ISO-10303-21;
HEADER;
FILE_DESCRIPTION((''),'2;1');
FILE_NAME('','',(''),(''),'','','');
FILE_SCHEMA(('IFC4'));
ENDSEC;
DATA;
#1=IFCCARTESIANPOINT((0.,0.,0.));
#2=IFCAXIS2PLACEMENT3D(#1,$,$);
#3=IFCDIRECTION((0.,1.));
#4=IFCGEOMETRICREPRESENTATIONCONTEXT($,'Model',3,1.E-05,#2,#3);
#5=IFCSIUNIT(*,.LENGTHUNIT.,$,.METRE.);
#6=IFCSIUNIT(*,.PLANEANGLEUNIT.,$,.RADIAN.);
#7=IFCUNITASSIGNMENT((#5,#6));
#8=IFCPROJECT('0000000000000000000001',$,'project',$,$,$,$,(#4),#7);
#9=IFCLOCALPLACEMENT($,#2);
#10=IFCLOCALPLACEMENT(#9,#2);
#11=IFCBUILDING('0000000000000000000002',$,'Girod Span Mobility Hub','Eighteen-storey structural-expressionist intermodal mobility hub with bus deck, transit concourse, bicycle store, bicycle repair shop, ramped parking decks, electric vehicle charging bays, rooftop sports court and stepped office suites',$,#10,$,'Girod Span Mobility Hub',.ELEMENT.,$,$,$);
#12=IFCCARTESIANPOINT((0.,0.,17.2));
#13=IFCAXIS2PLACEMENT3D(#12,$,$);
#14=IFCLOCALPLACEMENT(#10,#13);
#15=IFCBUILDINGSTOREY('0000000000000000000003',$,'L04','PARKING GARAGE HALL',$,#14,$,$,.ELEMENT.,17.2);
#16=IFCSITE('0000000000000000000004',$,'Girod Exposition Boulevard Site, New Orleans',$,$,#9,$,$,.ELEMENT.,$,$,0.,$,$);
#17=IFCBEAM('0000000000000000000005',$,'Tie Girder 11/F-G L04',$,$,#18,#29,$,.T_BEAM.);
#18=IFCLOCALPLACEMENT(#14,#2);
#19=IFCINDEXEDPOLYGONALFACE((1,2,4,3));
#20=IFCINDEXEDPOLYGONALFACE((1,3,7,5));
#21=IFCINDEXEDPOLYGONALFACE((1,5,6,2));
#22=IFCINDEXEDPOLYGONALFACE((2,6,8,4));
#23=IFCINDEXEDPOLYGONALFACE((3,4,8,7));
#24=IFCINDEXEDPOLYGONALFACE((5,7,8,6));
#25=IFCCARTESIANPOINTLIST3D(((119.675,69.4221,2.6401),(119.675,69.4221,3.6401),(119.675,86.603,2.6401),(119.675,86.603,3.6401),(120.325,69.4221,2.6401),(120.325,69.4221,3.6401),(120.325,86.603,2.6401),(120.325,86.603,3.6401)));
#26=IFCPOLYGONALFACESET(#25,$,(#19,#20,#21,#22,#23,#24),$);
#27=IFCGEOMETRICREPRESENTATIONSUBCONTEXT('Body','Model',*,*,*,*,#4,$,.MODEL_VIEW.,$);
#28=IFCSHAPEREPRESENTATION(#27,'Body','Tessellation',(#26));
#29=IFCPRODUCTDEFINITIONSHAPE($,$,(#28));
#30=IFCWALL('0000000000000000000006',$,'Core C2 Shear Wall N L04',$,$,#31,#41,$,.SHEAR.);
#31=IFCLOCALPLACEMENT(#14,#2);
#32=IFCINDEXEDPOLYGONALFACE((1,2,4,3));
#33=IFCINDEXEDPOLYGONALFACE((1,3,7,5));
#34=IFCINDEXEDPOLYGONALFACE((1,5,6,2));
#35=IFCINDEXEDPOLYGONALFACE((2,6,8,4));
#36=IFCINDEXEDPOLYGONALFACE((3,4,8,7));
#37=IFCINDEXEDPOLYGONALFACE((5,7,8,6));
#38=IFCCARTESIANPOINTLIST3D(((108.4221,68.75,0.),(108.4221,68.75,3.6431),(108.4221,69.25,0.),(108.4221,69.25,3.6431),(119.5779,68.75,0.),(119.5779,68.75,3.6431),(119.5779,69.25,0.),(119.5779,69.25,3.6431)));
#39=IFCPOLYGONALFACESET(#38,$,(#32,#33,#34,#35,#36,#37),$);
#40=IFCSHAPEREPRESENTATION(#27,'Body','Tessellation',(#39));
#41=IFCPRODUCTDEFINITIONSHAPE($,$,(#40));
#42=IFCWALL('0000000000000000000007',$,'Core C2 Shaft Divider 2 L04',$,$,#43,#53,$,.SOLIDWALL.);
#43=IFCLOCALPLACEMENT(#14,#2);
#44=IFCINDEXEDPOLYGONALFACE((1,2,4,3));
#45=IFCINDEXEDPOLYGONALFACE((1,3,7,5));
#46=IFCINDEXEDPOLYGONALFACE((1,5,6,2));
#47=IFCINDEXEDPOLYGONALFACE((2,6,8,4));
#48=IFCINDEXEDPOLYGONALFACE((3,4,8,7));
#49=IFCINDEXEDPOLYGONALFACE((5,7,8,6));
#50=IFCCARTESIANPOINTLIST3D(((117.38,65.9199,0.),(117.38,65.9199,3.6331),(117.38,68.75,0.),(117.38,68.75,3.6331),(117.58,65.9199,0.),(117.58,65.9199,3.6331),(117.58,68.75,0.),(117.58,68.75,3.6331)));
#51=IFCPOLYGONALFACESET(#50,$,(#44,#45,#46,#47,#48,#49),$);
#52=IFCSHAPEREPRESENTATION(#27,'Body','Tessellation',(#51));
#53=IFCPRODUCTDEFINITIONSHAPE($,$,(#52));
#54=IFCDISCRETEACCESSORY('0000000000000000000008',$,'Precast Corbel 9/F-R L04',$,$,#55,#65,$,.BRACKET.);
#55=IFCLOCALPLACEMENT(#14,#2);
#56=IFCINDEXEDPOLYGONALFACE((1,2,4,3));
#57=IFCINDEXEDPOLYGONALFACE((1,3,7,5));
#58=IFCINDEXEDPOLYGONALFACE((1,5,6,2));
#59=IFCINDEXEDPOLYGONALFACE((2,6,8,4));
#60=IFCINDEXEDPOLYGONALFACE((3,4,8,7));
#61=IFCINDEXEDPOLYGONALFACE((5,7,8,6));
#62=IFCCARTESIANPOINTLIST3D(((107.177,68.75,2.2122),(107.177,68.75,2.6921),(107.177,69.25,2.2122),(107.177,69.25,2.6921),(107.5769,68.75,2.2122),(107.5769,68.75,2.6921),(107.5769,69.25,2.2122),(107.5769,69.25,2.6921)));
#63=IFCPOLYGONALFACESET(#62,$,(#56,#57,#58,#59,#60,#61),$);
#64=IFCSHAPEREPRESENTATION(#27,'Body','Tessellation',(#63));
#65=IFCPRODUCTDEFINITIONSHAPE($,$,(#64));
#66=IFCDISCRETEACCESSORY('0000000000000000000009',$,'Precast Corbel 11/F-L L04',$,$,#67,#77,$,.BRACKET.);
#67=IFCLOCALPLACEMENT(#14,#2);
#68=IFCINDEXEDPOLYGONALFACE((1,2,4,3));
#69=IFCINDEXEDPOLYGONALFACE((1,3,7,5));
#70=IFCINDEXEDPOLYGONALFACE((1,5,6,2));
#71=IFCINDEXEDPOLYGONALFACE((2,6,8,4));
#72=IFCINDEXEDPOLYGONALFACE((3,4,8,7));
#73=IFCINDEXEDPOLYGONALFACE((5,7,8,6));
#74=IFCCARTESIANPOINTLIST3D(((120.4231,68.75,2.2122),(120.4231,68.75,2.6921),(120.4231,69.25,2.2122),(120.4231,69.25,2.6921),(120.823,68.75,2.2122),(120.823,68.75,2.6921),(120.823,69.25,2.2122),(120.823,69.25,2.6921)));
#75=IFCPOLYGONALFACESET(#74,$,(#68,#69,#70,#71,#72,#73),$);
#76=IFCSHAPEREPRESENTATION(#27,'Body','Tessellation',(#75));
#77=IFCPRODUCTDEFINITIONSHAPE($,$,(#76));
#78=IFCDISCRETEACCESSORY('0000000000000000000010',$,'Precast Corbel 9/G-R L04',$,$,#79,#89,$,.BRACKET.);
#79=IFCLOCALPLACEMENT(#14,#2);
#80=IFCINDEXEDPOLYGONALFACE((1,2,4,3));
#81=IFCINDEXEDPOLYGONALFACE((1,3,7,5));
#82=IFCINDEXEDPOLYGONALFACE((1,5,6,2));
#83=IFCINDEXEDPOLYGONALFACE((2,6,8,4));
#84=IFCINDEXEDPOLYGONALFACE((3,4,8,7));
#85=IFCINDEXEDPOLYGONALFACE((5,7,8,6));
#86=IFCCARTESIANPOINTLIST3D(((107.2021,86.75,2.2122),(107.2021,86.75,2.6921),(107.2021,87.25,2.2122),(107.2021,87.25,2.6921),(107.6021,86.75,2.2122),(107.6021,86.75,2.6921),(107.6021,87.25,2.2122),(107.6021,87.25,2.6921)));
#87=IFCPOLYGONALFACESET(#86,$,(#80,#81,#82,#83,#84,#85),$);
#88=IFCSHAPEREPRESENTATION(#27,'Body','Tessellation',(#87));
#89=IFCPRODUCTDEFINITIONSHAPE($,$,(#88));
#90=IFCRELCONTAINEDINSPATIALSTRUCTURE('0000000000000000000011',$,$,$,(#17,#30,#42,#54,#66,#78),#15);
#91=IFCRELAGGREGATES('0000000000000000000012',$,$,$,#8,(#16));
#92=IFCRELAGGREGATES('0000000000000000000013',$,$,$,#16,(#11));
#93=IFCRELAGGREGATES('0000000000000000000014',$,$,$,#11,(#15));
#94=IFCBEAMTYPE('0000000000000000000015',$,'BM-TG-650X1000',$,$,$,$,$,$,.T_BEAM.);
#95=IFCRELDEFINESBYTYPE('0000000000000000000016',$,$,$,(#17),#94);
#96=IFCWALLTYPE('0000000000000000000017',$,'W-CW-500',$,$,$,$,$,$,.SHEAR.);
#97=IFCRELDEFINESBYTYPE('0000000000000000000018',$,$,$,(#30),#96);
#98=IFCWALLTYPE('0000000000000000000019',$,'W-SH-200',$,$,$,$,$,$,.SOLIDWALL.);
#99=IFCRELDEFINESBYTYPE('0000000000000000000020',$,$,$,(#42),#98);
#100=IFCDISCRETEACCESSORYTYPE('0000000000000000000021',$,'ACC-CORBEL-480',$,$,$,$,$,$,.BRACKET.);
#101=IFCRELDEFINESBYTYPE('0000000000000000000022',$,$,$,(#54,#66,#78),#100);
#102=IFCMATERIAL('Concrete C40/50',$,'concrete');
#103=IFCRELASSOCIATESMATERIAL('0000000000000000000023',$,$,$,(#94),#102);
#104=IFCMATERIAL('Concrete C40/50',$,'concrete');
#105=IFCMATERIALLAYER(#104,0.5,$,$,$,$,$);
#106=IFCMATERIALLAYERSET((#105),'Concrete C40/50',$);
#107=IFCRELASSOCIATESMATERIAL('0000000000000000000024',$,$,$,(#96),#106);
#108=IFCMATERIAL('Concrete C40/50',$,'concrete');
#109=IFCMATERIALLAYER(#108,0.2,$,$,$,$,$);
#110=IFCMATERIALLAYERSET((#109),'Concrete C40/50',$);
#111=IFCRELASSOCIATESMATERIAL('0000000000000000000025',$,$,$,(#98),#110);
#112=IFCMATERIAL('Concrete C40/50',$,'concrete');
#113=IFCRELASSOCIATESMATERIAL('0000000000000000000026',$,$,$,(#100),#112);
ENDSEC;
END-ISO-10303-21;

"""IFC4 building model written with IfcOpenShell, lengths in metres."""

from ifc_helpers import new_model, si_unit, direction, frame, frame_2d, origin, origin_2d, place, context, subcontext, project, spatial, rectangle, extrude, material, layer, layer_set, material_profile, profile_set, type_object, element, save


model = new_model("IFC4")

# Units and contexts
model_context = context("Model", 3, precision=1e-05, world=origin(), true_north=direction((0.0, 1.0)))
body_context = subcontext(model_context, "Body", "Model", "MODEL_VIEW")
ifc_project = project(units=[si_unit("LENGTHUNIT", "METRE"), si_unit("PLANEANGLEUNIT", "RADIAN")], contexts=[model_context])

# Site, building, storey
site_placement = place(None, origin())
site = spatial("IfcSite", under=ifc_project, at=site_placement, Name="Girod Exposition Boulevard Site, New Orleans", CompositionType="ELEMENT", RefElevation=0.0)
building_placement = place(site_placement, origin())
building = spatial("IfcBuilding", under=site, at=building_placement, Name="Girod Span Mobility Hub", Description="Eighteen-storey structural-expressionist intermodal mobility hub with bus deck, transit concourse, bicycle store, bicycle repair shop, ramped parking decks, electric vehicle charging bays, rooftop sports court and stepped office suites", LongName="Girod Span Mobility Hub", CompositionType="ELEMENT")
storey_placement = place(building_placement, frame((0.0, 0.0, 17.2)))
storey = spatial("IfcBuildingStorey", under=building, at=storey_placement, Name="L04", Description="PARKING GARAGE HALL", CompositionType="ELEMENT", Elevation=17.2)

# Beam
ifc_material_1 = material(Name="Concrete C40/50", Category="concrete")
ifc_material_profile_1 = material_profile(ifc_material_1, rectangle(XDim=0.6499, YDim=1.0, at=origin_2d()), Name="TG-650X1000")
ifc_profile_set_1 = profile_set([ifc_material_profile_1], Name="Concrete C40/50")
beam_type_1 = type_object("IfcBeamType", Name="BM-TG-650X1000", PredefinedType="T_BEAM", material=ifc_profile_set_1)
for number, where, z_axis, x_axis, name in (
    (1, (120.0, 69.4221, 3.1401), (0.0, 1.0, 0.0), (-1.0, 0.0, 0.0), "Tie Girder 11/F-G L04"),
):
    element("IfcBeam", number, at=place(storey_placement, frame(where, z_axis=z_axis, x_axis=x_axis)), inside=storey, type_object=beam_type_1, Name=name, PredefinedType="T_BEAM", context=body_context, shape_type="SweptSolid", body=[
        extrude(rectangle(XDim=0.6499, YDim=1.0, at=origin_2d()), origin(), (0.0, 0.0, 1.0), 17.1809),
    ])

# Walls
ifc_material_2 = material(Name="Concrete C40/50", Category="concrete")
ifc_layer_1 = layer(ifc_material_2, 0.5)
ifc_layer_set_1 = layer_set([ifc_layer_1], Name="Concrete C40/50")
wall_type_1 = type_object("IfcWallType", Name="W-CW-500", PredefinedType="SHEAR", material=ifc_layer_set_1)
wall_1_placement = place(storey_placement, frame((108.4221, 69.0, 0.0), z_axis=(0.0, 0.0, 1.0), x_axis=(1.0, 0.0, 0.0)))
element("IfcWall", 2, at=wall_1_placement, inside=storey, type_object=wall_type_1, Name="Core C2 Shear Wall N L04", PredefinedType="SHEAR", context=body_context, shape_type="SweptSolid", body=[
    extrude(rectangle(XDim=11.1558, YDim=0.5, at=frame_2d((5.5779, 0.0))), origin(), (0.0, 0.0, 1.0), 3.6431),
])
ifc_material_3 = material(Name="Concrete C40/50", Category="concrete")
ifc_layer_2 = layer(ifc_material_3, 0.2)
ifc_layer_set_2 = layer_set([ifc_layer_2], Name="Concrete C40/50")
wall_type_2 = type_object("IfcWallType", Name="W-SH-200", PredefinedType="SOLIDWALL", material=ifc_layer_set_2)
wall_2_placement = place(storey_placement, frame((117.48, 65.9199, 0.0), z_axis=(0.0, 0.0, 1.0), x_axis=(0.0, 1.0, 0.0)))
element("IfcWall", 3, at=wall_2_placement, inside=storey, type_object=wall_type_2, Name="Core C2 Shaft Divider 2 L04", PredefinedType="SOLIDWALL", context=body_context, shape_type="SweptSolid", body=[
    extrude(rectangle(XDim=2.8301, YDim=0.2, at=frame_2d((1.415, 0.0))), origin(), (0.0, 0.0, 1.0), 3.6331),
])

# Discrete accessories
ifc_material_4 = material(Name="Concrete C40/50", Category="concrete")
discrete_accessory_type = type_object("IfcDiscreteAccessoryType", Name="ACC-CORBEL-480", PredefinedType="BRACKET", material=ifc_material_4)
for number, where, z_axis, x_axis, name in (
    (4, (107.377, 69.0, 2.2122), (0.0, 0.0, 1.0), (1.0, 0.0, 0.0), "Precast Corbel 9/F-R L04"),
    (5, (120.623, 69.0, 2.2122), (0.0, 0.0, 1.0), (1.0, 0.0, 0.0), "Precast Corbel 11/F-L L04"),
    (6, (107.4021, 87.0, 2.2122), (0.0, 0.0, 1.0), (1.0, 0.0, 0.0), "Precast Corbel 9/G-R L04"),
):
    element("IfcDiscreteAccessory", number, at=place(storey_placement, frame(where, z_axis=z_axis, x_axis=x_axis)), inside=storey, type_object=discrete_accessory_type, Name=name, PredefinedType="BRACKET", context=body_context, shape_type="SweptSolid", body=[
        extrude(rectangle(XDim=0.3999, YDim=0.5, at=origin_2d()), origin(), (0.0, 0.0, 1.0), 0.48),
    ])

save(model, "model.ifc")
